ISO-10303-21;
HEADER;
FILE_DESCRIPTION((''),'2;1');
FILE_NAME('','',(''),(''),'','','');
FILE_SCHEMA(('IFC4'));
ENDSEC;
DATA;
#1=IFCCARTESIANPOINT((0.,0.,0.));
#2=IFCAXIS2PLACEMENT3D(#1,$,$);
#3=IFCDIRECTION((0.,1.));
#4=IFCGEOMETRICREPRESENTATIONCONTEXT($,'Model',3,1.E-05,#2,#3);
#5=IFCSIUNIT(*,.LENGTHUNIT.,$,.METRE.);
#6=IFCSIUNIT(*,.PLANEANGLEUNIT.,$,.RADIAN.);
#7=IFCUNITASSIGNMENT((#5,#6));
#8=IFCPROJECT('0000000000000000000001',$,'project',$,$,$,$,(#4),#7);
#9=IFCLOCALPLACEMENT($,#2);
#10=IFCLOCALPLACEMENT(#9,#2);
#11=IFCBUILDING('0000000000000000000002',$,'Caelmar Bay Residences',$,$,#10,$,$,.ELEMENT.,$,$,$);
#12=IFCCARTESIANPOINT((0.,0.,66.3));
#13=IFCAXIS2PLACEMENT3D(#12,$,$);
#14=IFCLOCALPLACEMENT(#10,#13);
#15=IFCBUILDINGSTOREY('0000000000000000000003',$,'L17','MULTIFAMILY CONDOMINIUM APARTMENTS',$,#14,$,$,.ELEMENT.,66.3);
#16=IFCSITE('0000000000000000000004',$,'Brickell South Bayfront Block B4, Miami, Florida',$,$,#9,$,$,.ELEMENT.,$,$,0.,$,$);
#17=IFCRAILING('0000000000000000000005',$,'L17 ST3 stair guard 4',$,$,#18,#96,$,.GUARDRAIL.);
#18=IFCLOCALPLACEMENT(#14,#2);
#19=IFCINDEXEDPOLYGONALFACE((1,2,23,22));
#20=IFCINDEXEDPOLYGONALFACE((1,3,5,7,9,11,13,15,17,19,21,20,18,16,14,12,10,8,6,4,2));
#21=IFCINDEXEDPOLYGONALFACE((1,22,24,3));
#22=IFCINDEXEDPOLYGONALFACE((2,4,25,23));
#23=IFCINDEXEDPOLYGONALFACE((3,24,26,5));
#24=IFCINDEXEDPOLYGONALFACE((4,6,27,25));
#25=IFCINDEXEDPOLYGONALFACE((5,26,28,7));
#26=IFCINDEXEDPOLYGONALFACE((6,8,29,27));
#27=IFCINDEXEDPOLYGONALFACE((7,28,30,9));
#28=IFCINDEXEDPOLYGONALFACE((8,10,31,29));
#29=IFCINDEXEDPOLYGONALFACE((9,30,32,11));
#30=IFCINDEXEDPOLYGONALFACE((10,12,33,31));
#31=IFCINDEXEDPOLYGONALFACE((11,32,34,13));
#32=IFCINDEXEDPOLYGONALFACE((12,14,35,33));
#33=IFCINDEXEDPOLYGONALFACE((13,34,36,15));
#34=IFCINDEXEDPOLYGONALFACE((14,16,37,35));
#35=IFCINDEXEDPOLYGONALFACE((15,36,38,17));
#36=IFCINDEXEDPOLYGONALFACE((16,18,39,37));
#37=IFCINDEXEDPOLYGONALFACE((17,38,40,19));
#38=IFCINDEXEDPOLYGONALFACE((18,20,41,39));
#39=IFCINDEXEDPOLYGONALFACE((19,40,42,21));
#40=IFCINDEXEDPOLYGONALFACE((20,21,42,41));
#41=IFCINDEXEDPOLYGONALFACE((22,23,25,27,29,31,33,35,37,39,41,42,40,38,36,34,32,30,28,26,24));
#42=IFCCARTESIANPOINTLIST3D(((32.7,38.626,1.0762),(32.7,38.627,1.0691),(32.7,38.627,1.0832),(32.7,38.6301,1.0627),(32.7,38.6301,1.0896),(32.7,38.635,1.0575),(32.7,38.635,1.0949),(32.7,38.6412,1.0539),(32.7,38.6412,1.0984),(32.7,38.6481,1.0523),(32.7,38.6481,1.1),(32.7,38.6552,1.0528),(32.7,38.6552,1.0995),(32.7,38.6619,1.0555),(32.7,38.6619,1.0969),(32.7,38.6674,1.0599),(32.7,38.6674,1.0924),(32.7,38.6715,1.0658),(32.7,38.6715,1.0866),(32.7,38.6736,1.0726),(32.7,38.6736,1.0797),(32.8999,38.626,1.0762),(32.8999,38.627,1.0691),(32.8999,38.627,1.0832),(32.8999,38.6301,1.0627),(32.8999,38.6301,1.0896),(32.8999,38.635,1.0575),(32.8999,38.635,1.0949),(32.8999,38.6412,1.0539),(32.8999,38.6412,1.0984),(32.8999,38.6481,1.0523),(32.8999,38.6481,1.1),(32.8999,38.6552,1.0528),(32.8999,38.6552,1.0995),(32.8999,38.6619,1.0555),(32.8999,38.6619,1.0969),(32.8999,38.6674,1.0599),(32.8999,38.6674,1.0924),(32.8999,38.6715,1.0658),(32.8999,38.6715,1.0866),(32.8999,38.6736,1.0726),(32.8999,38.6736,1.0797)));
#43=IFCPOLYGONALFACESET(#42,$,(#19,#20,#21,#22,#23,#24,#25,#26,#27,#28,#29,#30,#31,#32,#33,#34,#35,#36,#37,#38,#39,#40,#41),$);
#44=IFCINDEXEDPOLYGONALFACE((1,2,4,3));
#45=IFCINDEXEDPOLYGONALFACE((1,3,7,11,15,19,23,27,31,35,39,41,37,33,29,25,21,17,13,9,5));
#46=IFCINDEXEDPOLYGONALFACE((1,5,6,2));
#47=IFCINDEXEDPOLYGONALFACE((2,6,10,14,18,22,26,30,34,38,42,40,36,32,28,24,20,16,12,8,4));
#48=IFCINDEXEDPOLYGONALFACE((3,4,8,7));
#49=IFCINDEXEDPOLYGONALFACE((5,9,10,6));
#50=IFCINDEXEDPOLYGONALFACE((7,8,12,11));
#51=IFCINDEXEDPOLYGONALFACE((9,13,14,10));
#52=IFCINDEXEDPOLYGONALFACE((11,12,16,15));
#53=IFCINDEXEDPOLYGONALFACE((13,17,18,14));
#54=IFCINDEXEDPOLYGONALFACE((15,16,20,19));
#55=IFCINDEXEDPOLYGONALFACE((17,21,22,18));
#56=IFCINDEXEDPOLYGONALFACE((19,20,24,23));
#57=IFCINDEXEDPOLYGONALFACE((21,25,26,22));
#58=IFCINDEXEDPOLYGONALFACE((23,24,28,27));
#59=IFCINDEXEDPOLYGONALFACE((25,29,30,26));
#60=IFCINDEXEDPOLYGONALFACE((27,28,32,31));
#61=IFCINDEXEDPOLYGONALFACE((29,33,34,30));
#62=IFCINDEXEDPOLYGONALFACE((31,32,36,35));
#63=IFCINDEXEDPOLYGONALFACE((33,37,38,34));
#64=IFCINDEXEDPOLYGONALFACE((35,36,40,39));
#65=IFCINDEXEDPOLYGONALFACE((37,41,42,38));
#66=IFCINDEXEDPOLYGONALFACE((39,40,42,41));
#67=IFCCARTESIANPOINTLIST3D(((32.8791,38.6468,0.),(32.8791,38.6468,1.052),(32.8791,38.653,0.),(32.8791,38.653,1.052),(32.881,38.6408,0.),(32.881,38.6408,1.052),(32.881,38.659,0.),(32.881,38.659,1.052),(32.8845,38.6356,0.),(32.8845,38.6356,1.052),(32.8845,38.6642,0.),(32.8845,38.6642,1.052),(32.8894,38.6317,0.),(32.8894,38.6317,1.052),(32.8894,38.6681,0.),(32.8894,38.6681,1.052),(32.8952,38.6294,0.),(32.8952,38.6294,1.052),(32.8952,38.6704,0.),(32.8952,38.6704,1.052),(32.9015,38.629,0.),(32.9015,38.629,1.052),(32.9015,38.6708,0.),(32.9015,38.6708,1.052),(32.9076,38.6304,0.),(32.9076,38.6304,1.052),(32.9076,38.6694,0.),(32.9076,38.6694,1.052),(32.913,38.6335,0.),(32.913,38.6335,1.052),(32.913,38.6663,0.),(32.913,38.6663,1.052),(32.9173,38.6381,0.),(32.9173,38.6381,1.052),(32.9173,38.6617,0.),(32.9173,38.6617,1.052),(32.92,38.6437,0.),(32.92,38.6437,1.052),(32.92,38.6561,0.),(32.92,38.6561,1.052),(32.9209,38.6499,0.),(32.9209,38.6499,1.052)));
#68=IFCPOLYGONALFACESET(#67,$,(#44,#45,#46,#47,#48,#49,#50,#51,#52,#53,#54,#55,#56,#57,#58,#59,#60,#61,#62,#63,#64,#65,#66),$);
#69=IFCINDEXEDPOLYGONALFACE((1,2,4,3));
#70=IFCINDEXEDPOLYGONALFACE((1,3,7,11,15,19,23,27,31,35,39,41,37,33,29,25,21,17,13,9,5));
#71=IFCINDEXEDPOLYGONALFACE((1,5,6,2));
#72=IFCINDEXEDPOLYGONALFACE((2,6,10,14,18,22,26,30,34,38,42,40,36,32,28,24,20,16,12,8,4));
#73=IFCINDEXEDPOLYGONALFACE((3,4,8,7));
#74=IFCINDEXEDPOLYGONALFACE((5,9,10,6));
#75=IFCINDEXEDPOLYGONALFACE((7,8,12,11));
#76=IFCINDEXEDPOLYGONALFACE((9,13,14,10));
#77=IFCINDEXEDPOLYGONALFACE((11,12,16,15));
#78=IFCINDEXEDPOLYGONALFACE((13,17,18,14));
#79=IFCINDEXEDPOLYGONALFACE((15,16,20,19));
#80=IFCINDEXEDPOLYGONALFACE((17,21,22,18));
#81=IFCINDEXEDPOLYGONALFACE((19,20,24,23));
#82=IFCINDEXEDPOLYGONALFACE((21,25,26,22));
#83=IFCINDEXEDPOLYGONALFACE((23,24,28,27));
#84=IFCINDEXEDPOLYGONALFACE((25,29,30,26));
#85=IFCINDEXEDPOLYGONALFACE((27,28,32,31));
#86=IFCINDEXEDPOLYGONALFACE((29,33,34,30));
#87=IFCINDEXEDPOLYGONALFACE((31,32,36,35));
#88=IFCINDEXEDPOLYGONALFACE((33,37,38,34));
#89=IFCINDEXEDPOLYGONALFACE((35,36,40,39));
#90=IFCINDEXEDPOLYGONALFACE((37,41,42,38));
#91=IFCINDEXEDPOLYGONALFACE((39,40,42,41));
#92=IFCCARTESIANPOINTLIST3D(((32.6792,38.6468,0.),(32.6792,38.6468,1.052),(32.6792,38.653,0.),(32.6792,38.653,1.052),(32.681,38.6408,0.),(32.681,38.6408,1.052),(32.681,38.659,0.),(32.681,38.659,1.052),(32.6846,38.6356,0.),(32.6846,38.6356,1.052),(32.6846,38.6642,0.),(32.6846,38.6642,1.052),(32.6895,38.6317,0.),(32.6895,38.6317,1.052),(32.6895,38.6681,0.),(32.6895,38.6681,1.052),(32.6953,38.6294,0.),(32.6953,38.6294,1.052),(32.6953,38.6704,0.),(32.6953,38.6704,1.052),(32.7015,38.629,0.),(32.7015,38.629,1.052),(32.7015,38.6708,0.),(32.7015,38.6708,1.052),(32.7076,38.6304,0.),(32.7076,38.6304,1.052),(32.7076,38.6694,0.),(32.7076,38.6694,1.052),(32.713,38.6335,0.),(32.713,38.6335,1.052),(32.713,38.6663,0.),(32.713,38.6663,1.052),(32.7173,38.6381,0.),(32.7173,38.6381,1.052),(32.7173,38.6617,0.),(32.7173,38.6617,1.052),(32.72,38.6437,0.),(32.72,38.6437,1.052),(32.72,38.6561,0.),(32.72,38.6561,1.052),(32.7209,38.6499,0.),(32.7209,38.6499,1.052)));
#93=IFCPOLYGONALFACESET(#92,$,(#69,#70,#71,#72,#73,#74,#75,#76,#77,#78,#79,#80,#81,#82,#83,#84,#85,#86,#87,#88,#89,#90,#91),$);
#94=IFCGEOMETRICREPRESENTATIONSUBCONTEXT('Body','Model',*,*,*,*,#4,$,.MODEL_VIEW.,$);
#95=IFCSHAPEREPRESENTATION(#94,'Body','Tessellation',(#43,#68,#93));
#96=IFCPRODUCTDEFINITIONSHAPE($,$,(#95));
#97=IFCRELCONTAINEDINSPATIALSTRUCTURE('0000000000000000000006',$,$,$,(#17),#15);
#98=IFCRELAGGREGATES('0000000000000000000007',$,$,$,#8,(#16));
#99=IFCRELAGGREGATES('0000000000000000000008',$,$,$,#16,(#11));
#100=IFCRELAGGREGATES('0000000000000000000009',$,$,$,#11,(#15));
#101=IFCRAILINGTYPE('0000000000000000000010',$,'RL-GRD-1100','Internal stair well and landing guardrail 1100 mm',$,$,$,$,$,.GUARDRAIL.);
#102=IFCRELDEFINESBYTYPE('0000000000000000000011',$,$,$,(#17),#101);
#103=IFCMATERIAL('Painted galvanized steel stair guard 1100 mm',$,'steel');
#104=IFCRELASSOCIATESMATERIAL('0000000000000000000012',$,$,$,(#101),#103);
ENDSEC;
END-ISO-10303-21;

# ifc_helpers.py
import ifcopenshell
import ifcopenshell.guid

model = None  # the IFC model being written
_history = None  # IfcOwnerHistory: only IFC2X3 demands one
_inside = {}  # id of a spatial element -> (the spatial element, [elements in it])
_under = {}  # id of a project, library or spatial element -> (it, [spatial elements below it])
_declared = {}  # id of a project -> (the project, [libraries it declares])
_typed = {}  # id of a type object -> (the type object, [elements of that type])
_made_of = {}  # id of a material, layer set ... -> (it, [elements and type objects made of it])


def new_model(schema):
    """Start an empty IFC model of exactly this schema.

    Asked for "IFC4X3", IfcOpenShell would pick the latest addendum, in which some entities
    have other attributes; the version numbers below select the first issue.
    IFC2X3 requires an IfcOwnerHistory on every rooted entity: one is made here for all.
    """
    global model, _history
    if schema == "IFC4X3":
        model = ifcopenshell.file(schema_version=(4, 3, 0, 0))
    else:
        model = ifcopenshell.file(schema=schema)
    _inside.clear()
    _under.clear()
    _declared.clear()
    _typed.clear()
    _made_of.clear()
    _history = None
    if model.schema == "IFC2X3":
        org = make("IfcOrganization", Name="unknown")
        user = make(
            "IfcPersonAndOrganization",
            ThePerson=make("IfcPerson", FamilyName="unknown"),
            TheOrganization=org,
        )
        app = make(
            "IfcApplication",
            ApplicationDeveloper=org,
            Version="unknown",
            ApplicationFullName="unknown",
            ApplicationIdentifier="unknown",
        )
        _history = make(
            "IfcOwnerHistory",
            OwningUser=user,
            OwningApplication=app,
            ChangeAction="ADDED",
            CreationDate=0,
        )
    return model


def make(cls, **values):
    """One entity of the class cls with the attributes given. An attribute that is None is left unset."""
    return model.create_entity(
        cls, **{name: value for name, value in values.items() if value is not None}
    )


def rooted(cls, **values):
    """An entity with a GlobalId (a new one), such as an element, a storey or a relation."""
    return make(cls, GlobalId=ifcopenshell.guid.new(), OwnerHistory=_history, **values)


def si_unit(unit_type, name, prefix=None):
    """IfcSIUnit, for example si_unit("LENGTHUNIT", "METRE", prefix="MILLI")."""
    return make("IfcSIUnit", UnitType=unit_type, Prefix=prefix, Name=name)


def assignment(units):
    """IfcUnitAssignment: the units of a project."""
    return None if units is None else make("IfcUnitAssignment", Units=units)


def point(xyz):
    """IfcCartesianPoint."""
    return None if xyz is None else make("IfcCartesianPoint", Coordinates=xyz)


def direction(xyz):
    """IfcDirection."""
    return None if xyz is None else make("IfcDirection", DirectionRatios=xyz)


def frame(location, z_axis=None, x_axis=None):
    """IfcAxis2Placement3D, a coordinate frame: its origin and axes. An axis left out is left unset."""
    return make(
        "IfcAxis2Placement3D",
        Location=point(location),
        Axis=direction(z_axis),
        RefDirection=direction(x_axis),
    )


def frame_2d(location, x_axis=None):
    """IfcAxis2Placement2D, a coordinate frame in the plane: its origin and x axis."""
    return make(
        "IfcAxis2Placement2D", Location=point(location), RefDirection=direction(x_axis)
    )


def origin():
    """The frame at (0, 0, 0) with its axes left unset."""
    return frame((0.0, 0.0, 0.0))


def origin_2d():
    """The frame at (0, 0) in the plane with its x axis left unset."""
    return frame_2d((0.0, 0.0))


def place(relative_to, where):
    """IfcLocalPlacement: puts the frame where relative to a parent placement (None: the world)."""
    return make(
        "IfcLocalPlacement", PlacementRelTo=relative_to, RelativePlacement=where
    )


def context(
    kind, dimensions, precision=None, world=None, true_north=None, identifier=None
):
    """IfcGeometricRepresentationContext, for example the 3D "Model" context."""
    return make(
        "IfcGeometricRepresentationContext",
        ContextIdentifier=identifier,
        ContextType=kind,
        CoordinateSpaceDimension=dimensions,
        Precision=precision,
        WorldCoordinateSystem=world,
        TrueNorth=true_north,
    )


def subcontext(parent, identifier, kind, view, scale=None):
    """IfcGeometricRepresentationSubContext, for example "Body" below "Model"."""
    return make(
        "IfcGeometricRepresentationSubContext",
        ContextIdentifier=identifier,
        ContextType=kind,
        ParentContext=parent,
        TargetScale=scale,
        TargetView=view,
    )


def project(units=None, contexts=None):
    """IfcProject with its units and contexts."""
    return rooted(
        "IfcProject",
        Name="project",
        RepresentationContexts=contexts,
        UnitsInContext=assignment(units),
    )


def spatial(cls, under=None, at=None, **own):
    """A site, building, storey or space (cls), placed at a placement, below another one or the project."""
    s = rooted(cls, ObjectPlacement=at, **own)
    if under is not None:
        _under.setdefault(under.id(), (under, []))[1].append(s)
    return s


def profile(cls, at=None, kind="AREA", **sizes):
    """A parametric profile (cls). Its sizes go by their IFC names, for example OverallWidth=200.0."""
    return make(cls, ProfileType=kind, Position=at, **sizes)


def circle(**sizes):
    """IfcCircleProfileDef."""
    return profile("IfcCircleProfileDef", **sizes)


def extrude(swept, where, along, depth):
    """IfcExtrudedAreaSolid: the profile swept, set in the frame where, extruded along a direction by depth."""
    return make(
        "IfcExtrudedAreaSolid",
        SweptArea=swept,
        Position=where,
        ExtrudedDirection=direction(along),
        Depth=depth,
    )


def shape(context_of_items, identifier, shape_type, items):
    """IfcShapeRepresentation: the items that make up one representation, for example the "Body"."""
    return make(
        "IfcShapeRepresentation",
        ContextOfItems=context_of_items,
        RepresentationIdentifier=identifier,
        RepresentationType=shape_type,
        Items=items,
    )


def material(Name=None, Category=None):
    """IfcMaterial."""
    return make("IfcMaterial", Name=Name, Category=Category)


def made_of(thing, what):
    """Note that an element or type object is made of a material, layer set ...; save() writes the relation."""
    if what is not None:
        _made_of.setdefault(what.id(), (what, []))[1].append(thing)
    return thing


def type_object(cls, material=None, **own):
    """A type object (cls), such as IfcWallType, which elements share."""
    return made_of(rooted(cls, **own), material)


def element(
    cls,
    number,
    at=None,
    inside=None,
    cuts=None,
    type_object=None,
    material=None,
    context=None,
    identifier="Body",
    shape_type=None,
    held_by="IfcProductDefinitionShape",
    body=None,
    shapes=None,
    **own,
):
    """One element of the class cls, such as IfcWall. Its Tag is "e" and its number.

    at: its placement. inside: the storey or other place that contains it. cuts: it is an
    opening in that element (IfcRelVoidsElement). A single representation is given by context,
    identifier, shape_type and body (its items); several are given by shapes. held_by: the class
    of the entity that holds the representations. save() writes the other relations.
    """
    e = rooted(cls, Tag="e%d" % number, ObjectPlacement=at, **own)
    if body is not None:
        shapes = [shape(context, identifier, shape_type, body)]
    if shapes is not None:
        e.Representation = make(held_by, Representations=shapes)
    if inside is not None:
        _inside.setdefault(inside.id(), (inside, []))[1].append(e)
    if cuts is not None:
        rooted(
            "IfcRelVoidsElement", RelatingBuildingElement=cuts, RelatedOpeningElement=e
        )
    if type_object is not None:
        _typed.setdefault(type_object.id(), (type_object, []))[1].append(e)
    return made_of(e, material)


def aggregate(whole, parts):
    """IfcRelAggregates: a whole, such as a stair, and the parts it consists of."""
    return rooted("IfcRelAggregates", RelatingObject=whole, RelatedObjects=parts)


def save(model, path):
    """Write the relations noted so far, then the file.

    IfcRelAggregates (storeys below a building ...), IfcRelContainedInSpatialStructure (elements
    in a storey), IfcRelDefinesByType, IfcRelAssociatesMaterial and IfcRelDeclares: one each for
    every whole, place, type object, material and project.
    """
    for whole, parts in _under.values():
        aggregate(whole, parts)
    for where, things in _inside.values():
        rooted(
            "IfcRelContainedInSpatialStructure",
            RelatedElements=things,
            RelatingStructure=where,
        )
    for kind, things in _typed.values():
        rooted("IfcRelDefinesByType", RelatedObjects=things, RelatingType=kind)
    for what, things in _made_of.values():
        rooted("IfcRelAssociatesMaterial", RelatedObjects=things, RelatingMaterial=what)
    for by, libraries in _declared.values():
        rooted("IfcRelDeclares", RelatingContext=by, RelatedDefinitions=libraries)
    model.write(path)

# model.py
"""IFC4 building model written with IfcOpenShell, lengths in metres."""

from ifc_helpers import new_model, si_unit, direction, frame, origin, origin_2d, place, context, subcontext, project, spatial, circle, extrude, material, type_object, element, save


model = new_model("IFC4")

# Units and contexts
model_context = context("Model", 3, precision=1e-05, world=origin(), true_north=direction((0.0, 1.0)))
body_context = subcontext(model_context, "Body", "Model", "MODEL_VIEW")
ifc_project = project(units=[si_unit("LENGTHUNIT", "METRE"), si_unit("PLANEANGLEUNIT", "RADIAN")], contexts=[model_context])

# Site, building, storey
site_placement = place(None, origin())
site = spatial("IfcSite", under=ifc_project, at=site_placement, Name="Brickell South Bayfront Block B4, Miami, Florida", CompositionType="ELEMENT", RefElevation=0.0)
building_placement = place(site_placement, origin())
building = spatial("IfcBuilding", under=site, at=building_placement, Name="Caelmar Bay Residences", CompositionType="ELEMENT")
storey_placement = place(building_placement, frame((0.0, 0.0, 66.3)))
storey = spatial("IfcBuildingStorey", under=building, at=storey_placement, Name="L17", Description="MULTIFAMILY CONDOMINIUM APARTMENTS", CompositionType="ELEMENT", Elevation=66.3)

# Railing
ifc_material_1 = material(Name="Painted galvanized steel stair guard 1100 mm", Category="steel")
railing_type_1 = type_object("IfcRailingType", Name="RL-GRD-1100", Description="Internal stair well and landing guardrail 1100 mm", PredefinedType="GUARDRAIL", material=ifc_material_1)
railing_1_placement = place(storey_placement, frame((32.8999, 38.6499, 0.0)))
element("IfcRailing", 1, at=railing_1_placement, inside=storey, type_object=railing_type_1, Name="L17 ST3 stair guard 4", PredefinedType="GUARDRAIL", context=body_context, shape_type="SweptSolid", body=[
    extrude(circle(Radius=0.0239, at=origin_2d()), frame((0.0, 0.0, 1.0762), z_axis=(-1.0, 0.0, 0.0), x_axis=(0.0, -1.0, 0.0)), (0.0, 0.0, 1.0), 0.2),
    extrude(circle(Radius=0.021, at=origin_2d()), origin(), (0.0, 0.0, 1.0), 1.052),
    extrude(circle(Radius=0.021, at=origin_2d()), frame((-0.2, 0.0, 0.0)), (0.0, 0.0, 1.0), 1.052),
])

save(model, "model.ifc")
